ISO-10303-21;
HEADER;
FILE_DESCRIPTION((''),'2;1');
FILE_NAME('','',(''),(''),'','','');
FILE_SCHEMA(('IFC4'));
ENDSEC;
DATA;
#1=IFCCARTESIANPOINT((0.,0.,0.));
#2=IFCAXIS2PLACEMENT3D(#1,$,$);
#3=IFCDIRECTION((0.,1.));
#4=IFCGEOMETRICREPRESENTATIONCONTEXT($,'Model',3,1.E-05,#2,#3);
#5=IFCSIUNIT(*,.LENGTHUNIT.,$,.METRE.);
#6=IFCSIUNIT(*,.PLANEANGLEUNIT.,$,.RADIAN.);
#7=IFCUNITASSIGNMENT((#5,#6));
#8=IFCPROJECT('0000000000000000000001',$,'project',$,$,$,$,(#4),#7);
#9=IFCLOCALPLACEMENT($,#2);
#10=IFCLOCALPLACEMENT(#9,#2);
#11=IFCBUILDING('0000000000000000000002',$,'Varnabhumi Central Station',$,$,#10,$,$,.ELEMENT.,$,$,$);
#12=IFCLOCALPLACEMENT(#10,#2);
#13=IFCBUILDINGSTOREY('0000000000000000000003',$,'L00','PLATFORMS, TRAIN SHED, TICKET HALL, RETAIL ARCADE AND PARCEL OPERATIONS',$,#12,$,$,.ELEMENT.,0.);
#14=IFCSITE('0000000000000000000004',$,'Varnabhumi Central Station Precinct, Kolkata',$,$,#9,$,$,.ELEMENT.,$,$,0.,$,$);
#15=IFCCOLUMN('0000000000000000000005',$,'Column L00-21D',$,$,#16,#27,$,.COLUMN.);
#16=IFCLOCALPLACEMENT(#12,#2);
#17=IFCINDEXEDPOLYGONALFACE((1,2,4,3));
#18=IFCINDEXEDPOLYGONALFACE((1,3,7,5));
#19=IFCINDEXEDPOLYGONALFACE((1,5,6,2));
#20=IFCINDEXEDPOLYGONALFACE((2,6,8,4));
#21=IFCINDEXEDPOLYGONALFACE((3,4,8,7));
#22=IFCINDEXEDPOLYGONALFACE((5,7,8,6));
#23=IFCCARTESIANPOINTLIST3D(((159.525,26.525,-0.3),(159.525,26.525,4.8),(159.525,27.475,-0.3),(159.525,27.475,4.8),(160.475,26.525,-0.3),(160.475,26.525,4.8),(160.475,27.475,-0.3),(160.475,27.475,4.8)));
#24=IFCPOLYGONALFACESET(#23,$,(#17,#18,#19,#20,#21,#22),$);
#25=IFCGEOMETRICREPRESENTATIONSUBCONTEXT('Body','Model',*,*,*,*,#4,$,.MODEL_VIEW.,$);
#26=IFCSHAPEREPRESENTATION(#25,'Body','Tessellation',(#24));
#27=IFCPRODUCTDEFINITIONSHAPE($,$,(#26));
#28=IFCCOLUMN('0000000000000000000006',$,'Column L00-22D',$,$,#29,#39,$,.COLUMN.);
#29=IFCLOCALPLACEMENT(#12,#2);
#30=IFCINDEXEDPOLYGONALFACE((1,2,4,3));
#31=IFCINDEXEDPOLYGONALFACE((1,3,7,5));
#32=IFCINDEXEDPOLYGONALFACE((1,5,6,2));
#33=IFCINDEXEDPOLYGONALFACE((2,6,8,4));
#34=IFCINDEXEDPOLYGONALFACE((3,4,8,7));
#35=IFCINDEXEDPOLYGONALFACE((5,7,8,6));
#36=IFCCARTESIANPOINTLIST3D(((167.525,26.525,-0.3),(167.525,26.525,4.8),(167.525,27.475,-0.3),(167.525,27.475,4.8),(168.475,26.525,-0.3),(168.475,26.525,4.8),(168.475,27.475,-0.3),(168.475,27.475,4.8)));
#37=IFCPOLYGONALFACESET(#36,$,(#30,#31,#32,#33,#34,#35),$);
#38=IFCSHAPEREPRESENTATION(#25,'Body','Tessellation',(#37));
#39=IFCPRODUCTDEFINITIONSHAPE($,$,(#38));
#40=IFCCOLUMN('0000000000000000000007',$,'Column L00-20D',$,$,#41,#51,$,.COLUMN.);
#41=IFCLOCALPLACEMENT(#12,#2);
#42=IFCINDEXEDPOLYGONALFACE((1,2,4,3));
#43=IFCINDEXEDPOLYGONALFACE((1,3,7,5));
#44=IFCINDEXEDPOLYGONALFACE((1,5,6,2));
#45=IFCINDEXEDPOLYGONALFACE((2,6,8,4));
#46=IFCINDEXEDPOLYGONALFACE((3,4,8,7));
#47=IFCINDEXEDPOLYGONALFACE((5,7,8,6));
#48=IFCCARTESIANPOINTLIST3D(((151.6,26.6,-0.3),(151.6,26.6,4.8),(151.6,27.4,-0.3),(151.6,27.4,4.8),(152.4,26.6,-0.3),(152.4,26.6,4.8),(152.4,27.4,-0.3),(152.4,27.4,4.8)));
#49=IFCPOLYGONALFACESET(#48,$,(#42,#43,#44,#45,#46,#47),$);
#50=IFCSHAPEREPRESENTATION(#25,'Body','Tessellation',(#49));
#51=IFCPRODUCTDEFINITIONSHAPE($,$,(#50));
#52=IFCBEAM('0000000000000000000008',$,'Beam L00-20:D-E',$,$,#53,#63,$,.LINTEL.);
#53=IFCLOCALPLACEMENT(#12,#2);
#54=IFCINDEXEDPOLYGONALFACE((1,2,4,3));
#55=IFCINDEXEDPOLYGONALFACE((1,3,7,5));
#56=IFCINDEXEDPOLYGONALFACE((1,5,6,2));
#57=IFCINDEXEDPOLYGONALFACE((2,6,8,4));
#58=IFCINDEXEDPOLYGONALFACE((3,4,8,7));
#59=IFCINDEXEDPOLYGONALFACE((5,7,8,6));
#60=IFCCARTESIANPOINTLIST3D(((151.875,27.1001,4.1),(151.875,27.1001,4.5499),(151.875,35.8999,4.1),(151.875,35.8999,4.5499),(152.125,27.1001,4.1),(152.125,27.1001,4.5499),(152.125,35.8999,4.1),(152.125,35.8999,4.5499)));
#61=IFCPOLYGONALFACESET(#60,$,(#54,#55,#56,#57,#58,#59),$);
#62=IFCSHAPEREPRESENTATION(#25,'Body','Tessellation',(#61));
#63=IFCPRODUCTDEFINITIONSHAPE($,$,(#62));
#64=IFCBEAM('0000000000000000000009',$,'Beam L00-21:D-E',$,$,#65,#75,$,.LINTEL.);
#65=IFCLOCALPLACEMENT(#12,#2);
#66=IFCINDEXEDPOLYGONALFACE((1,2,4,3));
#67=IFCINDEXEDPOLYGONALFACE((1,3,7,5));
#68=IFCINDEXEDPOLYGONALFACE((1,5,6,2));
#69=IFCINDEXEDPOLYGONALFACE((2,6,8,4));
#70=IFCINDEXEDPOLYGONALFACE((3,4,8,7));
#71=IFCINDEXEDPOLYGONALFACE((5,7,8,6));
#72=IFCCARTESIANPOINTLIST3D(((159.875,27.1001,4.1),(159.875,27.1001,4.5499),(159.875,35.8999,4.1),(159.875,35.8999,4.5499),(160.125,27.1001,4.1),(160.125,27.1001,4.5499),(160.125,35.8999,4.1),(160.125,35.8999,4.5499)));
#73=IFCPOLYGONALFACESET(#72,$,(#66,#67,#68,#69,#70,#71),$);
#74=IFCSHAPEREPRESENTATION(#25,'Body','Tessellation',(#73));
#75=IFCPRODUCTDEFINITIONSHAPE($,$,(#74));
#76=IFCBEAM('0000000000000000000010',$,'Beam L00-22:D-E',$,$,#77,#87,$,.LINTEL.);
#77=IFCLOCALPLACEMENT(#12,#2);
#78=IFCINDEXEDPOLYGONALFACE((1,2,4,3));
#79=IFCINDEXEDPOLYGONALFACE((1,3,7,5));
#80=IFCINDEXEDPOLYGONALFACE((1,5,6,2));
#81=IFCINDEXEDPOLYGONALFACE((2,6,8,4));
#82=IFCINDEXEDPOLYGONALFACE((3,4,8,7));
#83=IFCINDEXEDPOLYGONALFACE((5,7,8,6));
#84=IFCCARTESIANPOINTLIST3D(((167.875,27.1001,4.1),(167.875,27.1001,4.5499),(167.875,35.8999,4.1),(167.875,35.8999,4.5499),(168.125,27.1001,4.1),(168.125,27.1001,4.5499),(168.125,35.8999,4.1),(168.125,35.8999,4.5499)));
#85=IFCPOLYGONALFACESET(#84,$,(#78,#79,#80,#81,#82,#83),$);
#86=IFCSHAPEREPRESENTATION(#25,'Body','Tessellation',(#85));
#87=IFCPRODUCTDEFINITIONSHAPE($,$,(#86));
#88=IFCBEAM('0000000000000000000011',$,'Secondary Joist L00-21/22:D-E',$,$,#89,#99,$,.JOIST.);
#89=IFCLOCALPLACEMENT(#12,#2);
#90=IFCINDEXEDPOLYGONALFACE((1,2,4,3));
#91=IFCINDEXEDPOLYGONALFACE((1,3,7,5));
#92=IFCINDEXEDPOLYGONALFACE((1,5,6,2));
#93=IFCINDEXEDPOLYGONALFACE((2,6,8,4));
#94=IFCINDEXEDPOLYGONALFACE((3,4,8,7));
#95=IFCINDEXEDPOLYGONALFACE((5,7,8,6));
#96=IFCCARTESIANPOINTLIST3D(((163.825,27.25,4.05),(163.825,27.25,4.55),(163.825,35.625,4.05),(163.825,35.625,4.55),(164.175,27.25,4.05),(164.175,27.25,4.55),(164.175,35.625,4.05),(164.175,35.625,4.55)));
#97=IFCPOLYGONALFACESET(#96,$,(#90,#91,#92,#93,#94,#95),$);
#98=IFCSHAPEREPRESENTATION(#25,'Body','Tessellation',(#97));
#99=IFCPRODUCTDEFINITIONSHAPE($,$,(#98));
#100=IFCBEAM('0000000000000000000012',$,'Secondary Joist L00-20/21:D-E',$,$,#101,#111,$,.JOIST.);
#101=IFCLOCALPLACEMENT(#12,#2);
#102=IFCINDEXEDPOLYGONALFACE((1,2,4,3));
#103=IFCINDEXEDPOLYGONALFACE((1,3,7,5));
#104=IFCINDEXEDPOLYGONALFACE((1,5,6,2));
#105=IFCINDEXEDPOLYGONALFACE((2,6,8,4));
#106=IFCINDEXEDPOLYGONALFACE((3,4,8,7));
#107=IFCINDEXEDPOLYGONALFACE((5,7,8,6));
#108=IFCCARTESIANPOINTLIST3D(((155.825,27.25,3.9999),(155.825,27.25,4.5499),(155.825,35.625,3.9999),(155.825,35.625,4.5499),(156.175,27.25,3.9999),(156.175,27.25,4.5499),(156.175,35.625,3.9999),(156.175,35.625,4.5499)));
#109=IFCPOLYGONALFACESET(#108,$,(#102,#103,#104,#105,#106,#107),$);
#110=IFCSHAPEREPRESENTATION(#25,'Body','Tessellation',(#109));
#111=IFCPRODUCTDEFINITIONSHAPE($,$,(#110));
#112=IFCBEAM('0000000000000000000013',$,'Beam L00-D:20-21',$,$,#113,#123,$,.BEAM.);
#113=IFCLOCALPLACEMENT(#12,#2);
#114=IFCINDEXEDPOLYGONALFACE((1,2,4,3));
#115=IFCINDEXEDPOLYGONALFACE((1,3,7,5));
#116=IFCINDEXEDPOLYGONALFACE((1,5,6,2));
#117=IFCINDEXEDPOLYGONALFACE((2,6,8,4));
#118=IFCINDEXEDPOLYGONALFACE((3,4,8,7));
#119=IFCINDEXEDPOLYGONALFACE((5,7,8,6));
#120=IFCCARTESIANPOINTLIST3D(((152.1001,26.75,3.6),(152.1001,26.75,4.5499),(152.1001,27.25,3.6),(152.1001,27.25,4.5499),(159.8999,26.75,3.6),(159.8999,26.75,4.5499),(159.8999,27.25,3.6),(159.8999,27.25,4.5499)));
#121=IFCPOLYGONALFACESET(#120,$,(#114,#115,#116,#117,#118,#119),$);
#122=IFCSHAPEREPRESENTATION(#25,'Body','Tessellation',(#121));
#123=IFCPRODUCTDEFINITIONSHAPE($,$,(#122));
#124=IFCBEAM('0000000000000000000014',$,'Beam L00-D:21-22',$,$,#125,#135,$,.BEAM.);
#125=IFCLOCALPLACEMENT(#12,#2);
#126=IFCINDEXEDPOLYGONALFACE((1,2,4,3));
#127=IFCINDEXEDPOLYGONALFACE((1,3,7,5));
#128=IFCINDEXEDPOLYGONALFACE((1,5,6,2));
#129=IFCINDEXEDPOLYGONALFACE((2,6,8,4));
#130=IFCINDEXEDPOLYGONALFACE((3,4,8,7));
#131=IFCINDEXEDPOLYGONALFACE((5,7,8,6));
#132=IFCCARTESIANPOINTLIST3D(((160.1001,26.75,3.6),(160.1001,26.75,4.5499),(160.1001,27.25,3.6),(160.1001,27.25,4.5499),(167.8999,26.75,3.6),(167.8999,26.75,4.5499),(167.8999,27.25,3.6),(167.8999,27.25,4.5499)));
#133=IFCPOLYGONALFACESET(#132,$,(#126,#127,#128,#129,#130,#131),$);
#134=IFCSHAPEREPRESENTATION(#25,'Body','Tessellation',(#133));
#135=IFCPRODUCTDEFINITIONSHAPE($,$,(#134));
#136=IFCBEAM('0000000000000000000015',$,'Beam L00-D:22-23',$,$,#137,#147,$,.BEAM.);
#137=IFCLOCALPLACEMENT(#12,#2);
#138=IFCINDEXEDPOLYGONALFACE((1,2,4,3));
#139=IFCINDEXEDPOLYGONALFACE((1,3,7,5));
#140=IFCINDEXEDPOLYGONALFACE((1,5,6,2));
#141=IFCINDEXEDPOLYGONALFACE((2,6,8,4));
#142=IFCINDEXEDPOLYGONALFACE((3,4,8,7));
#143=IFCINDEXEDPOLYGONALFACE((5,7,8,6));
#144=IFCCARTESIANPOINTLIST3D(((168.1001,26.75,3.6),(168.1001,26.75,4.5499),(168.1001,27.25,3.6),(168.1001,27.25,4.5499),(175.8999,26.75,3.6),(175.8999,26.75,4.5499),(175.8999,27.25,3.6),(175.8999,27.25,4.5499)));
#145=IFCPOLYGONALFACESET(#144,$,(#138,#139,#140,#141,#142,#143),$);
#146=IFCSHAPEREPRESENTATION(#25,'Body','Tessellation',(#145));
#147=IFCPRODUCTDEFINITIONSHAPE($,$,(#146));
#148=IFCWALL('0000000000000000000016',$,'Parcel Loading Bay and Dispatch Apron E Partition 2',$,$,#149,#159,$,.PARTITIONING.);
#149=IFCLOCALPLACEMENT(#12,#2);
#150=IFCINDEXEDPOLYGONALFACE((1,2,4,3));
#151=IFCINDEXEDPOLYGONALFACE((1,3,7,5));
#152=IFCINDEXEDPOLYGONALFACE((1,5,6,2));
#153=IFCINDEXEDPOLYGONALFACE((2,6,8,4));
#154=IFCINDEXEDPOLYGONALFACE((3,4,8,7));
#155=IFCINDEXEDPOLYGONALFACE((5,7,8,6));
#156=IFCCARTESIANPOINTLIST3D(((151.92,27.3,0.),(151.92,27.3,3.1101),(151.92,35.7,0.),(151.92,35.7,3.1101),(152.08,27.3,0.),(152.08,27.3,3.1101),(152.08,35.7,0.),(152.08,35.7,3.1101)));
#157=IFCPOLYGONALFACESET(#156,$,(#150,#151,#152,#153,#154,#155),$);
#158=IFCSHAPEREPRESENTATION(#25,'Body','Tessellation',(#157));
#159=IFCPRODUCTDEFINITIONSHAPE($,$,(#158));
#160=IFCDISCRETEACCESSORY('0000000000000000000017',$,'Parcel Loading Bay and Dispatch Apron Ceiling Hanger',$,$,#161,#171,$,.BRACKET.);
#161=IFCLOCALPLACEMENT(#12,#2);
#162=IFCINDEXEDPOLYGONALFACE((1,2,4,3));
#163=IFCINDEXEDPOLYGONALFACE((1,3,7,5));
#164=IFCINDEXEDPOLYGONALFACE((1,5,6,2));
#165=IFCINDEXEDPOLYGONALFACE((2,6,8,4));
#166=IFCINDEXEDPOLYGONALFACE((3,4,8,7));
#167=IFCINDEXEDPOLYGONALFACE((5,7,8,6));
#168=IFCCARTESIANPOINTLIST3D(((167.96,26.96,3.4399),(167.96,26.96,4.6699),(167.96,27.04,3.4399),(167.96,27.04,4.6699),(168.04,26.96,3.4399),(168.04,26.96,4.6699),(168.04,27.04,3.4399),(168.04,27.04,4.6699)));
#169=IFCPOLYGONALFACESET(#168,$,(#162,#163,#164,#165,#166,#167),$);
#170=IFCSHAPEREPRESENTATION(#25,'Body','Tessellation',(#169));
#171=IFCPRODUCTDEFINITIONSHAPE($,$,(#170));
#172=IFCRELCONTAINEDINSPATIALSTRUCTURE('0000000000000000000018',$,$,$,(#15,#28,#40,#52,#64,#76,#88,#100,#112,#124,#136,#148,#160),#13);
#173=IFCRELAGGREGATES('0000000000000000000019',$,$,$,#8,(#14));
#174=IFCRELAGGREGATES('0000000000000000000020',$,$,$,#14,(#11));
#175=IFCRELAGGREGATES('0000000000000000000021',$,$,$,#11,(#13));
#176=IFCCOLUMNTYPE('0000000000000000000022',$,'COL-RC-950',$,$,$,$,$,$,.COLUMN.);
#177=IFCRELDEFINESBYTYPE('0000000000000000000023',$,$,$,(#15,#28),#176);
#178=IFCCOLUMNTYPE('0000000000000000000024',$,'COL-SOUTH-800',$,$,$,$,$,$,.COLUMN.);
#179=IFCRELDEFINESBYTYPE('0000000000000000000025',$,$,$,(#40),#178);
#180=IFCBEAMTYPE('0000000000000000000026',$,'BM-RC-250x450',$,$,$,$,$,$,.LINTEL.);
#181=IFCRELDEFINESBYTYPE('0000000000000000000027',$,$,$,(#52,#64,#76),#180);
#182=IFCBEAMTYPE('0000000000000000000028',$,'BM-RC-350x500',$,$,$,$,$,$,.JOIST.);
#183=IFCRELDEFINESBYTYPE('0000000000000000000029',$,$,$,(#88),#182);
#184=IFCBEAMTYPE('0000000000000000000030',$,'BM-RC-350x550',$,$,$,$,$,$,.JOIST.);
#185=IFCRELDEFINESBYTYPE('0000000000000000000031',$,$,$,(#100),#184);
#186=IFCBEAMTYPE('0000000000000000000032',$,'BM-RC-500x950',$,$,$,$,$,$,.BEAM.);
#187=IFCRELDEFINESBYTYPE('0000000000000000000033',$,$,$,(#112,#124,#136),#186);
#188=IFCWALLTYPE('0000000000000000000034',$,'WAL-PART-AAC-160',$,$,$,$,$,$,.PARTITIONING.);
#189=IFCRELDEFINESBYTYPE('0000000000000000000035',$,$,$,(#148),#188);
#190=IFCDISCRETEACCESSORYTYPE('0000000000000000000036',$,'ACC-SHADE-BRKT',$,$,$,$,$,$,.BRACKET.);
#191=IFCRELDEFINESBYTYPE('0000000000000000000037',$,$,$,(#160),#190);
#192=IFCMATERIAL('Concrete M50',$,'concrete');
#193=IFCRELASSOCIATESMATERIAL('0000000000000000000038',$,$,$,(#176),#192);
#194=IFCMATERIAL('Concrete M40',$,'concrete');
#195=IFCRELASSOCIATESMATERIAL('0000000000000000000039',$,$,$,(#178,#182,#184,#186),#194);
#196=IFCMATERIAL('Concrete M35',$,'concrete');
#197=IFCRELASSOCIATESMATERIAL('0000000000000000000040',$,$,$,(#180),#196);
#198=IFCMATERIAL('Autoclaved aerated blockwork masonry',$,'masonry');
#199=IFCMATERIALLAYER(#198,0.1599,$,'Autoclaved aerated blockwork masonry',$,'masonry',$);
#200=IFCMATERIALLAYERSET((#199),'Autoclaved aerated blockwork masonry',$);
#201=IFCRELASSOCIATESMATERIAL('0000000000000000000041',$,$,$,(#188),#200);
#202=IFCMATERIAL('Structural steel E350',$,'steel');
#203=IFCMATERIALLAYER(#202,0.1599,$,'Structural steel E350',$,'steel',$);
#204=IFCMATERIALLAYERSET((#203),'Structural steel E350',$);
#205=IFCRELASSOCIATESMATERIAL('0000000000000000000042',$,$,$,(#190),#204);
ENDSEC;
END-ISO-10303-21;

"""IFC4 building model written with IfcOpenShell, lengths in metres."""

from ifc_helpers import new_model, si_unit, direction, frame, frame_2d, origin, origin_2d, place, context, subcontext, project, spatial, rectangle, extrude, material, layer, layer_set, material_profile, profile_set, type_object, element, save


model = new_model("IFC4")

# Units and contexts
model_context = context("Model", 3, precision=1e-05, world=origin(), true_north=direction((0.0, 1.0)))
body_context = subcontext(model_context, "Body", "Model", "MODEL_VIEW")
ifc_project = project(units=[si_unit("LENGTHUNIT", "METRE"), si_unit("PLANEANGLEUNIT", "RADIAN")], contexts=[model_context])

# Site, building, storey
site_placement = place(None, origin())
site = spatial("IfcSite", under=ifc_project, at=site_placement, Name="Varnabhumi Central Station Precinct, Kolkata", CompositionType="ELEMENT", RefElevation=0.0)
building_placement = place(site_placement, origin())
building = spatial("IfcBuilding", under=site, at=building_placement, Name="Varnabhumi Central Station", CompositionType="ELEMENT")
storey_placement = place(building_placement, origin())
storey = spatial("IfcBuildingStorey", under=building, at=storey_placement, Name="L00", Description="PLATFORMS, TRAIN SHED, TICKET HALL, RETAIL ARCADE AND PARCEL OPERATIONS", CompositionType="ELEMENT", Elevation=0.0)

# Shared definitions
ifc_material_1 = material(Name="Concrete M40", Category="concrete")

# Shared definitions
ifc_material_2 = material(Name="Concrete M35", Category="concrete")

# Columns
ifc_material_3 = material(Name="Concrete M50", Category="concrete")
ifc_material_profile_1 = material_profile(ifc_material_3, rectangle(XDim=0.95, YDim=0.95, at=origin_2d()), Name="Concrete M50", Category="concrete")
ifc_profile_set_1 = profile_set([ifc_material_profile_1], Name="Concrete M50")
column_type_1 = type_object("IfcColumnType", Name="COL-RC-950", PredefinedType="COLUMN", material=ifc_profile_set_1)
for number, where, z_axis, x_axis, name in (
    (1, (160.0, 27.0, -0.3), (0.0, 0.0, 1.0), (1.0, 0.0, 0.0), "Column L00-21D"),
    (2, (168.0, 27.0, -0.3), (0.0, 0.0, 1.0), (1.0, 0.0, 0.0), "Column L00-22D"),
):
    element("IfcColumn", number, at=place(storey_placement, frame(where, z_axis=z_axis, x_axis=x_axis)), inside=storey, type_object=column_type_1, Name=name, PredefinedType="COLUMN", context=body_context, shape_type="SweptSolid", body=[
        extrude(rectangle(XDim=0.95, YDim=0.95, at=origin_2d()), origin(), (0.0, 0.0, 1.0), 5.1001),
    ])
ifc_material_profile_2 = material_profile(ifc_material_1, rectangle(XDim=0.8, YDim=0.8, at=origin_2d()), Name="Concrete M40", Category="concrete")
ifc_profile_set_2 = profile_set([ifc_material_profile_2], Name="Concrete M40")
column_type_2 = type_object("IfcColumnType", Name="COL-SOUTH-800", PredefinedType="COLUMN", material=ifc_profile_set_2)
column_placement = place(storey_placement, frame((152.0, 27.0, -0.3), z_axis=(0.0, 0.0, 1.0), x_axis=(1.0, 0.0, 0.0)))
element("IfcColumn", 3, at=column_placement, inside=storey, type_object=column_type_2, Name="Column L00-20D", PredefinedType="COLUMN", context=body_context, shape_type="SweptSolid", body=[
    extrude(rectangle(XDim=0.8, YDim=0.8, at=origin_2d()), origin(), (0.0, 0.0, 1.0), 5.1001),
])

# Beams
ifc_material_profile_3 = material_profile(ifc_material_2, rectangle(XDim=0.25, YDim=0.45, at=origin_2d()), Name="Concrete M35", Category="concrete")
ifc_profile_set_3 = profile_set([ifc_material_profile_3], Name="Concrete M35")
beam_type_1 = type_object("IfcBeamType", Name="BM-RC-250x450", PredefinedType="LINTEL", material=ifc_profile_set_3)
for number, where, z_axis, x_axis, name in (
    (4, (152.0, 27.1001, 4.325), (0.0, 1.0, 0.0), (-1.0, 0.0, 0.0), "Beam L00-20:D-E"),
    (5, (160.0, 27.1001, 4.325), (0.0, 1.0, 0.0), (-1.0, 0.0, 0.0), "Beam L00-21:D-E"),
    (6, (168.0, 27.1001, 4.325), (0.0, 1.0, 0.0), (-1.0, 0.0, 0.0), "Beam L00-22:D-E"),
):
    element("IfcBeam", number, at=place(storey_placement, frame(where, z_axis=z_axis, x_axis=x_axis)), inside=storey, type_object=beam_type_1, Name=name, PredefinedType="LINTEL", context=body_context, shape_type="SweptSolid", body=[
        extrude(rectangle(XDim=0.25, YDim=0.45, at=origin_2d()), origin(), (0.0, 0.0, 1.0), 8.7998),
    ])
ifc_material_profile_4 = material_profile(ifc_material_1, rectangle(XDim=0.3501, YDim=0.5, at=origin_2d()), Name="Concrete M40", Category="concrete")
ifc_profile_set_4 = profile_set([ifc_material_profile_4], Name="Concrete M40")
beam_type_2 = type_object("IfcBeamType", Name="BM-RC-350x500", PredefinedType="JOIST", material=ifc_profile_set_4)
beam_1_placement = place(storey_placement, frame((164.0, 27.25, 4.3), z_axis=(0.0, 1.0, 0.0), x_axis=(-1.0, 0.0, 0.0)))
element("IfcBeam", 7, at=beam_1_placement, inside=storey, type_object=beam_type_2, Name="Secondary Joist L00-21/22:D-E", PredefinedType="JOIST", context=body_context, shape_type="SweptSolid", body=[
    extrude(rectangle(XDim=0.3501, YDim=0.5, at=origin_2d()), origin(), (0.0, 0.0, 1.0), 8.375),
])
ifc_material_profile_5 = material_profile(ifc_material_1, rectangle(XDim=0.3501, YDim=0.55, at=origin_2d()), Name="Concrete M40", Category="concrete")
ifc_profile_set_5 = profile_set([ifc_material_profile_5], Name="Concrete M40")
beam_type_3 = type_object("IfcBeamType", Name="BM-RC-350x550", PredefinedType="JOIST", material=ifc_profile_set_5)
beam_2_placement = place(storey_placement, frame((156.0, 27.25, 4.2749), z_axis=(0.0, 1.0, 0.0), x_axis=(-1.0, 0.0, 0.0)))
element("IfcBeam", 8, at=beam_2_placement, inside=storey, type_object=beam_type_3, Name="Secondary Joist L00-20/21:D-E", PredefinedType="JOIST", context=body_context, shape_type="SweptSolid", body=[
    extrude(rectangle(XDim=0.3501, YDim=0.55, at=origin_2d()), origin(), (0.0, 0.0, 1.0), 8.375),
])
ifc_material_profile_6 = material_profile(ifc_material_1, rectangle(XDim=0.5, YDim=0.95, at=origin_2d()), Name="Concrete M40", Category="concrete")
ifc_profile_set_6 = profile_set([ifc_material_profile_6], Name="Concrete M40")
beam_type_4 = type_object("IfcBeamType", Name="BM-RC-500x950", PredefinedType="BEAM", material=ifc_profile_set_6)
for number, where, z_axis, x_axis, name in (
    (9, (152.1001, 27.0, 4.075), (1.0, 0.0, 0.0), (0.0, 1.0, 0.0), "Beam L00-D:20-21"),
    (10, (160.1001, 27.0, 4.075), (1.0, 0.0, 0.0), (0.0, 1.0, 0.0), "Beam L00-D:21-22"),
    (11, (168.1001, 27.0, 4.075), (1.0, 0.0, 0.0), (0.0, 1.0, 0.0), "Beam L00-D:22-23"),
):
    element("IfcBeam", number, at=place(storey_placement, frame(where, z_axis=z_axis, x_axis=x_axis)), inside=storey, type_object=beam_type_4, Name=name, PredefinedType="BEAM", context=body_context, shape_type="SweptSolid", body=[
        extrude(rectangle(XDim=0.5, YDim=0.95, at=origin_2d()), origin(), (0.0, 0.0, 1.0), 7.7998),
    ])

# Wall
ifc_material_4 = material(Name="Autoclaved aerated blockwork masonry", Category="masonry")
ifc_layer_1 = layer(ifc_material_4, 0.1599, Name="Autoclaved aerated blockwork masonry", Category="masonry")
ifc_layer_set_1 = layer_set([ifc_layer_1], Name="Autoclaved aerated blockwork masonry")
wall_type = type_object("IfcWallType", Name="WAL-PART-AAC-160", PredefinedType="PARTITIONING", material=ifc_layer_set_1)
wall_placement = place(storey_placement, frame((152.0, 27.3, 0.0), z_axis=(0.0, 0.0, 1.0), x_axis=(0.0, 1.0, 0.0)))
element("IfcWall", 12, at=wall_placement, inside=storey, type_object=wall_type, Name="Parcel Loading Bay and Dispatch Apron E Partition 2", PredefinedType="PARTITIONING", context=body_context, shape_type="SweptSolid", body=[
    extrude(rectangle(XDim=8.3999, YDim=0.1599, at=frame_2d((4.2, 0.0))), origin(), (0.0, 0.0, 1.0), 3.1101),
])

# Discrete accessory
ifc_material_5 = material(Name="Structural steel E350", Category="steel")
ifc_layer_2 = layer(ifc_material_5, 0.1599, Name="Structural steel E350", Category="steel")
ifc_layer_set_2 = layer_set([ifc_layer_2], Name="Structural steel E350")
discrete_accessory_type = type_object("IfcDiscreteAccessoryType", Name="ACC-SHADE-BRKT", PredefinedType="BRACKET", material=ifc_layer_set_2)
discrete_accessory_placement = place(storey_placement, frame((168.0, 27.0, 3.4399), z_axis=(0.0, 0.0, 1.0), x_axis=(1.0, 0.0, 0.0)))
element("IfcDiscreteAccessory", 13, at=discrete_accessory_placement, inside=storey, type_object=discrete_accessory_type, Name="Parcel Loading Bay and Dispatch Apron Ceiling Hanger", PredefinedType="BRACKET", context=body_context, shape_type="SweptSolid", body=[
    extrude(rectangle(XDim=0.0801, YDim=0.0801, at=origin_2d()), origin(), (0.0, 0.0, 1.0), 1.23),
])

save(model, "model.ifc")
